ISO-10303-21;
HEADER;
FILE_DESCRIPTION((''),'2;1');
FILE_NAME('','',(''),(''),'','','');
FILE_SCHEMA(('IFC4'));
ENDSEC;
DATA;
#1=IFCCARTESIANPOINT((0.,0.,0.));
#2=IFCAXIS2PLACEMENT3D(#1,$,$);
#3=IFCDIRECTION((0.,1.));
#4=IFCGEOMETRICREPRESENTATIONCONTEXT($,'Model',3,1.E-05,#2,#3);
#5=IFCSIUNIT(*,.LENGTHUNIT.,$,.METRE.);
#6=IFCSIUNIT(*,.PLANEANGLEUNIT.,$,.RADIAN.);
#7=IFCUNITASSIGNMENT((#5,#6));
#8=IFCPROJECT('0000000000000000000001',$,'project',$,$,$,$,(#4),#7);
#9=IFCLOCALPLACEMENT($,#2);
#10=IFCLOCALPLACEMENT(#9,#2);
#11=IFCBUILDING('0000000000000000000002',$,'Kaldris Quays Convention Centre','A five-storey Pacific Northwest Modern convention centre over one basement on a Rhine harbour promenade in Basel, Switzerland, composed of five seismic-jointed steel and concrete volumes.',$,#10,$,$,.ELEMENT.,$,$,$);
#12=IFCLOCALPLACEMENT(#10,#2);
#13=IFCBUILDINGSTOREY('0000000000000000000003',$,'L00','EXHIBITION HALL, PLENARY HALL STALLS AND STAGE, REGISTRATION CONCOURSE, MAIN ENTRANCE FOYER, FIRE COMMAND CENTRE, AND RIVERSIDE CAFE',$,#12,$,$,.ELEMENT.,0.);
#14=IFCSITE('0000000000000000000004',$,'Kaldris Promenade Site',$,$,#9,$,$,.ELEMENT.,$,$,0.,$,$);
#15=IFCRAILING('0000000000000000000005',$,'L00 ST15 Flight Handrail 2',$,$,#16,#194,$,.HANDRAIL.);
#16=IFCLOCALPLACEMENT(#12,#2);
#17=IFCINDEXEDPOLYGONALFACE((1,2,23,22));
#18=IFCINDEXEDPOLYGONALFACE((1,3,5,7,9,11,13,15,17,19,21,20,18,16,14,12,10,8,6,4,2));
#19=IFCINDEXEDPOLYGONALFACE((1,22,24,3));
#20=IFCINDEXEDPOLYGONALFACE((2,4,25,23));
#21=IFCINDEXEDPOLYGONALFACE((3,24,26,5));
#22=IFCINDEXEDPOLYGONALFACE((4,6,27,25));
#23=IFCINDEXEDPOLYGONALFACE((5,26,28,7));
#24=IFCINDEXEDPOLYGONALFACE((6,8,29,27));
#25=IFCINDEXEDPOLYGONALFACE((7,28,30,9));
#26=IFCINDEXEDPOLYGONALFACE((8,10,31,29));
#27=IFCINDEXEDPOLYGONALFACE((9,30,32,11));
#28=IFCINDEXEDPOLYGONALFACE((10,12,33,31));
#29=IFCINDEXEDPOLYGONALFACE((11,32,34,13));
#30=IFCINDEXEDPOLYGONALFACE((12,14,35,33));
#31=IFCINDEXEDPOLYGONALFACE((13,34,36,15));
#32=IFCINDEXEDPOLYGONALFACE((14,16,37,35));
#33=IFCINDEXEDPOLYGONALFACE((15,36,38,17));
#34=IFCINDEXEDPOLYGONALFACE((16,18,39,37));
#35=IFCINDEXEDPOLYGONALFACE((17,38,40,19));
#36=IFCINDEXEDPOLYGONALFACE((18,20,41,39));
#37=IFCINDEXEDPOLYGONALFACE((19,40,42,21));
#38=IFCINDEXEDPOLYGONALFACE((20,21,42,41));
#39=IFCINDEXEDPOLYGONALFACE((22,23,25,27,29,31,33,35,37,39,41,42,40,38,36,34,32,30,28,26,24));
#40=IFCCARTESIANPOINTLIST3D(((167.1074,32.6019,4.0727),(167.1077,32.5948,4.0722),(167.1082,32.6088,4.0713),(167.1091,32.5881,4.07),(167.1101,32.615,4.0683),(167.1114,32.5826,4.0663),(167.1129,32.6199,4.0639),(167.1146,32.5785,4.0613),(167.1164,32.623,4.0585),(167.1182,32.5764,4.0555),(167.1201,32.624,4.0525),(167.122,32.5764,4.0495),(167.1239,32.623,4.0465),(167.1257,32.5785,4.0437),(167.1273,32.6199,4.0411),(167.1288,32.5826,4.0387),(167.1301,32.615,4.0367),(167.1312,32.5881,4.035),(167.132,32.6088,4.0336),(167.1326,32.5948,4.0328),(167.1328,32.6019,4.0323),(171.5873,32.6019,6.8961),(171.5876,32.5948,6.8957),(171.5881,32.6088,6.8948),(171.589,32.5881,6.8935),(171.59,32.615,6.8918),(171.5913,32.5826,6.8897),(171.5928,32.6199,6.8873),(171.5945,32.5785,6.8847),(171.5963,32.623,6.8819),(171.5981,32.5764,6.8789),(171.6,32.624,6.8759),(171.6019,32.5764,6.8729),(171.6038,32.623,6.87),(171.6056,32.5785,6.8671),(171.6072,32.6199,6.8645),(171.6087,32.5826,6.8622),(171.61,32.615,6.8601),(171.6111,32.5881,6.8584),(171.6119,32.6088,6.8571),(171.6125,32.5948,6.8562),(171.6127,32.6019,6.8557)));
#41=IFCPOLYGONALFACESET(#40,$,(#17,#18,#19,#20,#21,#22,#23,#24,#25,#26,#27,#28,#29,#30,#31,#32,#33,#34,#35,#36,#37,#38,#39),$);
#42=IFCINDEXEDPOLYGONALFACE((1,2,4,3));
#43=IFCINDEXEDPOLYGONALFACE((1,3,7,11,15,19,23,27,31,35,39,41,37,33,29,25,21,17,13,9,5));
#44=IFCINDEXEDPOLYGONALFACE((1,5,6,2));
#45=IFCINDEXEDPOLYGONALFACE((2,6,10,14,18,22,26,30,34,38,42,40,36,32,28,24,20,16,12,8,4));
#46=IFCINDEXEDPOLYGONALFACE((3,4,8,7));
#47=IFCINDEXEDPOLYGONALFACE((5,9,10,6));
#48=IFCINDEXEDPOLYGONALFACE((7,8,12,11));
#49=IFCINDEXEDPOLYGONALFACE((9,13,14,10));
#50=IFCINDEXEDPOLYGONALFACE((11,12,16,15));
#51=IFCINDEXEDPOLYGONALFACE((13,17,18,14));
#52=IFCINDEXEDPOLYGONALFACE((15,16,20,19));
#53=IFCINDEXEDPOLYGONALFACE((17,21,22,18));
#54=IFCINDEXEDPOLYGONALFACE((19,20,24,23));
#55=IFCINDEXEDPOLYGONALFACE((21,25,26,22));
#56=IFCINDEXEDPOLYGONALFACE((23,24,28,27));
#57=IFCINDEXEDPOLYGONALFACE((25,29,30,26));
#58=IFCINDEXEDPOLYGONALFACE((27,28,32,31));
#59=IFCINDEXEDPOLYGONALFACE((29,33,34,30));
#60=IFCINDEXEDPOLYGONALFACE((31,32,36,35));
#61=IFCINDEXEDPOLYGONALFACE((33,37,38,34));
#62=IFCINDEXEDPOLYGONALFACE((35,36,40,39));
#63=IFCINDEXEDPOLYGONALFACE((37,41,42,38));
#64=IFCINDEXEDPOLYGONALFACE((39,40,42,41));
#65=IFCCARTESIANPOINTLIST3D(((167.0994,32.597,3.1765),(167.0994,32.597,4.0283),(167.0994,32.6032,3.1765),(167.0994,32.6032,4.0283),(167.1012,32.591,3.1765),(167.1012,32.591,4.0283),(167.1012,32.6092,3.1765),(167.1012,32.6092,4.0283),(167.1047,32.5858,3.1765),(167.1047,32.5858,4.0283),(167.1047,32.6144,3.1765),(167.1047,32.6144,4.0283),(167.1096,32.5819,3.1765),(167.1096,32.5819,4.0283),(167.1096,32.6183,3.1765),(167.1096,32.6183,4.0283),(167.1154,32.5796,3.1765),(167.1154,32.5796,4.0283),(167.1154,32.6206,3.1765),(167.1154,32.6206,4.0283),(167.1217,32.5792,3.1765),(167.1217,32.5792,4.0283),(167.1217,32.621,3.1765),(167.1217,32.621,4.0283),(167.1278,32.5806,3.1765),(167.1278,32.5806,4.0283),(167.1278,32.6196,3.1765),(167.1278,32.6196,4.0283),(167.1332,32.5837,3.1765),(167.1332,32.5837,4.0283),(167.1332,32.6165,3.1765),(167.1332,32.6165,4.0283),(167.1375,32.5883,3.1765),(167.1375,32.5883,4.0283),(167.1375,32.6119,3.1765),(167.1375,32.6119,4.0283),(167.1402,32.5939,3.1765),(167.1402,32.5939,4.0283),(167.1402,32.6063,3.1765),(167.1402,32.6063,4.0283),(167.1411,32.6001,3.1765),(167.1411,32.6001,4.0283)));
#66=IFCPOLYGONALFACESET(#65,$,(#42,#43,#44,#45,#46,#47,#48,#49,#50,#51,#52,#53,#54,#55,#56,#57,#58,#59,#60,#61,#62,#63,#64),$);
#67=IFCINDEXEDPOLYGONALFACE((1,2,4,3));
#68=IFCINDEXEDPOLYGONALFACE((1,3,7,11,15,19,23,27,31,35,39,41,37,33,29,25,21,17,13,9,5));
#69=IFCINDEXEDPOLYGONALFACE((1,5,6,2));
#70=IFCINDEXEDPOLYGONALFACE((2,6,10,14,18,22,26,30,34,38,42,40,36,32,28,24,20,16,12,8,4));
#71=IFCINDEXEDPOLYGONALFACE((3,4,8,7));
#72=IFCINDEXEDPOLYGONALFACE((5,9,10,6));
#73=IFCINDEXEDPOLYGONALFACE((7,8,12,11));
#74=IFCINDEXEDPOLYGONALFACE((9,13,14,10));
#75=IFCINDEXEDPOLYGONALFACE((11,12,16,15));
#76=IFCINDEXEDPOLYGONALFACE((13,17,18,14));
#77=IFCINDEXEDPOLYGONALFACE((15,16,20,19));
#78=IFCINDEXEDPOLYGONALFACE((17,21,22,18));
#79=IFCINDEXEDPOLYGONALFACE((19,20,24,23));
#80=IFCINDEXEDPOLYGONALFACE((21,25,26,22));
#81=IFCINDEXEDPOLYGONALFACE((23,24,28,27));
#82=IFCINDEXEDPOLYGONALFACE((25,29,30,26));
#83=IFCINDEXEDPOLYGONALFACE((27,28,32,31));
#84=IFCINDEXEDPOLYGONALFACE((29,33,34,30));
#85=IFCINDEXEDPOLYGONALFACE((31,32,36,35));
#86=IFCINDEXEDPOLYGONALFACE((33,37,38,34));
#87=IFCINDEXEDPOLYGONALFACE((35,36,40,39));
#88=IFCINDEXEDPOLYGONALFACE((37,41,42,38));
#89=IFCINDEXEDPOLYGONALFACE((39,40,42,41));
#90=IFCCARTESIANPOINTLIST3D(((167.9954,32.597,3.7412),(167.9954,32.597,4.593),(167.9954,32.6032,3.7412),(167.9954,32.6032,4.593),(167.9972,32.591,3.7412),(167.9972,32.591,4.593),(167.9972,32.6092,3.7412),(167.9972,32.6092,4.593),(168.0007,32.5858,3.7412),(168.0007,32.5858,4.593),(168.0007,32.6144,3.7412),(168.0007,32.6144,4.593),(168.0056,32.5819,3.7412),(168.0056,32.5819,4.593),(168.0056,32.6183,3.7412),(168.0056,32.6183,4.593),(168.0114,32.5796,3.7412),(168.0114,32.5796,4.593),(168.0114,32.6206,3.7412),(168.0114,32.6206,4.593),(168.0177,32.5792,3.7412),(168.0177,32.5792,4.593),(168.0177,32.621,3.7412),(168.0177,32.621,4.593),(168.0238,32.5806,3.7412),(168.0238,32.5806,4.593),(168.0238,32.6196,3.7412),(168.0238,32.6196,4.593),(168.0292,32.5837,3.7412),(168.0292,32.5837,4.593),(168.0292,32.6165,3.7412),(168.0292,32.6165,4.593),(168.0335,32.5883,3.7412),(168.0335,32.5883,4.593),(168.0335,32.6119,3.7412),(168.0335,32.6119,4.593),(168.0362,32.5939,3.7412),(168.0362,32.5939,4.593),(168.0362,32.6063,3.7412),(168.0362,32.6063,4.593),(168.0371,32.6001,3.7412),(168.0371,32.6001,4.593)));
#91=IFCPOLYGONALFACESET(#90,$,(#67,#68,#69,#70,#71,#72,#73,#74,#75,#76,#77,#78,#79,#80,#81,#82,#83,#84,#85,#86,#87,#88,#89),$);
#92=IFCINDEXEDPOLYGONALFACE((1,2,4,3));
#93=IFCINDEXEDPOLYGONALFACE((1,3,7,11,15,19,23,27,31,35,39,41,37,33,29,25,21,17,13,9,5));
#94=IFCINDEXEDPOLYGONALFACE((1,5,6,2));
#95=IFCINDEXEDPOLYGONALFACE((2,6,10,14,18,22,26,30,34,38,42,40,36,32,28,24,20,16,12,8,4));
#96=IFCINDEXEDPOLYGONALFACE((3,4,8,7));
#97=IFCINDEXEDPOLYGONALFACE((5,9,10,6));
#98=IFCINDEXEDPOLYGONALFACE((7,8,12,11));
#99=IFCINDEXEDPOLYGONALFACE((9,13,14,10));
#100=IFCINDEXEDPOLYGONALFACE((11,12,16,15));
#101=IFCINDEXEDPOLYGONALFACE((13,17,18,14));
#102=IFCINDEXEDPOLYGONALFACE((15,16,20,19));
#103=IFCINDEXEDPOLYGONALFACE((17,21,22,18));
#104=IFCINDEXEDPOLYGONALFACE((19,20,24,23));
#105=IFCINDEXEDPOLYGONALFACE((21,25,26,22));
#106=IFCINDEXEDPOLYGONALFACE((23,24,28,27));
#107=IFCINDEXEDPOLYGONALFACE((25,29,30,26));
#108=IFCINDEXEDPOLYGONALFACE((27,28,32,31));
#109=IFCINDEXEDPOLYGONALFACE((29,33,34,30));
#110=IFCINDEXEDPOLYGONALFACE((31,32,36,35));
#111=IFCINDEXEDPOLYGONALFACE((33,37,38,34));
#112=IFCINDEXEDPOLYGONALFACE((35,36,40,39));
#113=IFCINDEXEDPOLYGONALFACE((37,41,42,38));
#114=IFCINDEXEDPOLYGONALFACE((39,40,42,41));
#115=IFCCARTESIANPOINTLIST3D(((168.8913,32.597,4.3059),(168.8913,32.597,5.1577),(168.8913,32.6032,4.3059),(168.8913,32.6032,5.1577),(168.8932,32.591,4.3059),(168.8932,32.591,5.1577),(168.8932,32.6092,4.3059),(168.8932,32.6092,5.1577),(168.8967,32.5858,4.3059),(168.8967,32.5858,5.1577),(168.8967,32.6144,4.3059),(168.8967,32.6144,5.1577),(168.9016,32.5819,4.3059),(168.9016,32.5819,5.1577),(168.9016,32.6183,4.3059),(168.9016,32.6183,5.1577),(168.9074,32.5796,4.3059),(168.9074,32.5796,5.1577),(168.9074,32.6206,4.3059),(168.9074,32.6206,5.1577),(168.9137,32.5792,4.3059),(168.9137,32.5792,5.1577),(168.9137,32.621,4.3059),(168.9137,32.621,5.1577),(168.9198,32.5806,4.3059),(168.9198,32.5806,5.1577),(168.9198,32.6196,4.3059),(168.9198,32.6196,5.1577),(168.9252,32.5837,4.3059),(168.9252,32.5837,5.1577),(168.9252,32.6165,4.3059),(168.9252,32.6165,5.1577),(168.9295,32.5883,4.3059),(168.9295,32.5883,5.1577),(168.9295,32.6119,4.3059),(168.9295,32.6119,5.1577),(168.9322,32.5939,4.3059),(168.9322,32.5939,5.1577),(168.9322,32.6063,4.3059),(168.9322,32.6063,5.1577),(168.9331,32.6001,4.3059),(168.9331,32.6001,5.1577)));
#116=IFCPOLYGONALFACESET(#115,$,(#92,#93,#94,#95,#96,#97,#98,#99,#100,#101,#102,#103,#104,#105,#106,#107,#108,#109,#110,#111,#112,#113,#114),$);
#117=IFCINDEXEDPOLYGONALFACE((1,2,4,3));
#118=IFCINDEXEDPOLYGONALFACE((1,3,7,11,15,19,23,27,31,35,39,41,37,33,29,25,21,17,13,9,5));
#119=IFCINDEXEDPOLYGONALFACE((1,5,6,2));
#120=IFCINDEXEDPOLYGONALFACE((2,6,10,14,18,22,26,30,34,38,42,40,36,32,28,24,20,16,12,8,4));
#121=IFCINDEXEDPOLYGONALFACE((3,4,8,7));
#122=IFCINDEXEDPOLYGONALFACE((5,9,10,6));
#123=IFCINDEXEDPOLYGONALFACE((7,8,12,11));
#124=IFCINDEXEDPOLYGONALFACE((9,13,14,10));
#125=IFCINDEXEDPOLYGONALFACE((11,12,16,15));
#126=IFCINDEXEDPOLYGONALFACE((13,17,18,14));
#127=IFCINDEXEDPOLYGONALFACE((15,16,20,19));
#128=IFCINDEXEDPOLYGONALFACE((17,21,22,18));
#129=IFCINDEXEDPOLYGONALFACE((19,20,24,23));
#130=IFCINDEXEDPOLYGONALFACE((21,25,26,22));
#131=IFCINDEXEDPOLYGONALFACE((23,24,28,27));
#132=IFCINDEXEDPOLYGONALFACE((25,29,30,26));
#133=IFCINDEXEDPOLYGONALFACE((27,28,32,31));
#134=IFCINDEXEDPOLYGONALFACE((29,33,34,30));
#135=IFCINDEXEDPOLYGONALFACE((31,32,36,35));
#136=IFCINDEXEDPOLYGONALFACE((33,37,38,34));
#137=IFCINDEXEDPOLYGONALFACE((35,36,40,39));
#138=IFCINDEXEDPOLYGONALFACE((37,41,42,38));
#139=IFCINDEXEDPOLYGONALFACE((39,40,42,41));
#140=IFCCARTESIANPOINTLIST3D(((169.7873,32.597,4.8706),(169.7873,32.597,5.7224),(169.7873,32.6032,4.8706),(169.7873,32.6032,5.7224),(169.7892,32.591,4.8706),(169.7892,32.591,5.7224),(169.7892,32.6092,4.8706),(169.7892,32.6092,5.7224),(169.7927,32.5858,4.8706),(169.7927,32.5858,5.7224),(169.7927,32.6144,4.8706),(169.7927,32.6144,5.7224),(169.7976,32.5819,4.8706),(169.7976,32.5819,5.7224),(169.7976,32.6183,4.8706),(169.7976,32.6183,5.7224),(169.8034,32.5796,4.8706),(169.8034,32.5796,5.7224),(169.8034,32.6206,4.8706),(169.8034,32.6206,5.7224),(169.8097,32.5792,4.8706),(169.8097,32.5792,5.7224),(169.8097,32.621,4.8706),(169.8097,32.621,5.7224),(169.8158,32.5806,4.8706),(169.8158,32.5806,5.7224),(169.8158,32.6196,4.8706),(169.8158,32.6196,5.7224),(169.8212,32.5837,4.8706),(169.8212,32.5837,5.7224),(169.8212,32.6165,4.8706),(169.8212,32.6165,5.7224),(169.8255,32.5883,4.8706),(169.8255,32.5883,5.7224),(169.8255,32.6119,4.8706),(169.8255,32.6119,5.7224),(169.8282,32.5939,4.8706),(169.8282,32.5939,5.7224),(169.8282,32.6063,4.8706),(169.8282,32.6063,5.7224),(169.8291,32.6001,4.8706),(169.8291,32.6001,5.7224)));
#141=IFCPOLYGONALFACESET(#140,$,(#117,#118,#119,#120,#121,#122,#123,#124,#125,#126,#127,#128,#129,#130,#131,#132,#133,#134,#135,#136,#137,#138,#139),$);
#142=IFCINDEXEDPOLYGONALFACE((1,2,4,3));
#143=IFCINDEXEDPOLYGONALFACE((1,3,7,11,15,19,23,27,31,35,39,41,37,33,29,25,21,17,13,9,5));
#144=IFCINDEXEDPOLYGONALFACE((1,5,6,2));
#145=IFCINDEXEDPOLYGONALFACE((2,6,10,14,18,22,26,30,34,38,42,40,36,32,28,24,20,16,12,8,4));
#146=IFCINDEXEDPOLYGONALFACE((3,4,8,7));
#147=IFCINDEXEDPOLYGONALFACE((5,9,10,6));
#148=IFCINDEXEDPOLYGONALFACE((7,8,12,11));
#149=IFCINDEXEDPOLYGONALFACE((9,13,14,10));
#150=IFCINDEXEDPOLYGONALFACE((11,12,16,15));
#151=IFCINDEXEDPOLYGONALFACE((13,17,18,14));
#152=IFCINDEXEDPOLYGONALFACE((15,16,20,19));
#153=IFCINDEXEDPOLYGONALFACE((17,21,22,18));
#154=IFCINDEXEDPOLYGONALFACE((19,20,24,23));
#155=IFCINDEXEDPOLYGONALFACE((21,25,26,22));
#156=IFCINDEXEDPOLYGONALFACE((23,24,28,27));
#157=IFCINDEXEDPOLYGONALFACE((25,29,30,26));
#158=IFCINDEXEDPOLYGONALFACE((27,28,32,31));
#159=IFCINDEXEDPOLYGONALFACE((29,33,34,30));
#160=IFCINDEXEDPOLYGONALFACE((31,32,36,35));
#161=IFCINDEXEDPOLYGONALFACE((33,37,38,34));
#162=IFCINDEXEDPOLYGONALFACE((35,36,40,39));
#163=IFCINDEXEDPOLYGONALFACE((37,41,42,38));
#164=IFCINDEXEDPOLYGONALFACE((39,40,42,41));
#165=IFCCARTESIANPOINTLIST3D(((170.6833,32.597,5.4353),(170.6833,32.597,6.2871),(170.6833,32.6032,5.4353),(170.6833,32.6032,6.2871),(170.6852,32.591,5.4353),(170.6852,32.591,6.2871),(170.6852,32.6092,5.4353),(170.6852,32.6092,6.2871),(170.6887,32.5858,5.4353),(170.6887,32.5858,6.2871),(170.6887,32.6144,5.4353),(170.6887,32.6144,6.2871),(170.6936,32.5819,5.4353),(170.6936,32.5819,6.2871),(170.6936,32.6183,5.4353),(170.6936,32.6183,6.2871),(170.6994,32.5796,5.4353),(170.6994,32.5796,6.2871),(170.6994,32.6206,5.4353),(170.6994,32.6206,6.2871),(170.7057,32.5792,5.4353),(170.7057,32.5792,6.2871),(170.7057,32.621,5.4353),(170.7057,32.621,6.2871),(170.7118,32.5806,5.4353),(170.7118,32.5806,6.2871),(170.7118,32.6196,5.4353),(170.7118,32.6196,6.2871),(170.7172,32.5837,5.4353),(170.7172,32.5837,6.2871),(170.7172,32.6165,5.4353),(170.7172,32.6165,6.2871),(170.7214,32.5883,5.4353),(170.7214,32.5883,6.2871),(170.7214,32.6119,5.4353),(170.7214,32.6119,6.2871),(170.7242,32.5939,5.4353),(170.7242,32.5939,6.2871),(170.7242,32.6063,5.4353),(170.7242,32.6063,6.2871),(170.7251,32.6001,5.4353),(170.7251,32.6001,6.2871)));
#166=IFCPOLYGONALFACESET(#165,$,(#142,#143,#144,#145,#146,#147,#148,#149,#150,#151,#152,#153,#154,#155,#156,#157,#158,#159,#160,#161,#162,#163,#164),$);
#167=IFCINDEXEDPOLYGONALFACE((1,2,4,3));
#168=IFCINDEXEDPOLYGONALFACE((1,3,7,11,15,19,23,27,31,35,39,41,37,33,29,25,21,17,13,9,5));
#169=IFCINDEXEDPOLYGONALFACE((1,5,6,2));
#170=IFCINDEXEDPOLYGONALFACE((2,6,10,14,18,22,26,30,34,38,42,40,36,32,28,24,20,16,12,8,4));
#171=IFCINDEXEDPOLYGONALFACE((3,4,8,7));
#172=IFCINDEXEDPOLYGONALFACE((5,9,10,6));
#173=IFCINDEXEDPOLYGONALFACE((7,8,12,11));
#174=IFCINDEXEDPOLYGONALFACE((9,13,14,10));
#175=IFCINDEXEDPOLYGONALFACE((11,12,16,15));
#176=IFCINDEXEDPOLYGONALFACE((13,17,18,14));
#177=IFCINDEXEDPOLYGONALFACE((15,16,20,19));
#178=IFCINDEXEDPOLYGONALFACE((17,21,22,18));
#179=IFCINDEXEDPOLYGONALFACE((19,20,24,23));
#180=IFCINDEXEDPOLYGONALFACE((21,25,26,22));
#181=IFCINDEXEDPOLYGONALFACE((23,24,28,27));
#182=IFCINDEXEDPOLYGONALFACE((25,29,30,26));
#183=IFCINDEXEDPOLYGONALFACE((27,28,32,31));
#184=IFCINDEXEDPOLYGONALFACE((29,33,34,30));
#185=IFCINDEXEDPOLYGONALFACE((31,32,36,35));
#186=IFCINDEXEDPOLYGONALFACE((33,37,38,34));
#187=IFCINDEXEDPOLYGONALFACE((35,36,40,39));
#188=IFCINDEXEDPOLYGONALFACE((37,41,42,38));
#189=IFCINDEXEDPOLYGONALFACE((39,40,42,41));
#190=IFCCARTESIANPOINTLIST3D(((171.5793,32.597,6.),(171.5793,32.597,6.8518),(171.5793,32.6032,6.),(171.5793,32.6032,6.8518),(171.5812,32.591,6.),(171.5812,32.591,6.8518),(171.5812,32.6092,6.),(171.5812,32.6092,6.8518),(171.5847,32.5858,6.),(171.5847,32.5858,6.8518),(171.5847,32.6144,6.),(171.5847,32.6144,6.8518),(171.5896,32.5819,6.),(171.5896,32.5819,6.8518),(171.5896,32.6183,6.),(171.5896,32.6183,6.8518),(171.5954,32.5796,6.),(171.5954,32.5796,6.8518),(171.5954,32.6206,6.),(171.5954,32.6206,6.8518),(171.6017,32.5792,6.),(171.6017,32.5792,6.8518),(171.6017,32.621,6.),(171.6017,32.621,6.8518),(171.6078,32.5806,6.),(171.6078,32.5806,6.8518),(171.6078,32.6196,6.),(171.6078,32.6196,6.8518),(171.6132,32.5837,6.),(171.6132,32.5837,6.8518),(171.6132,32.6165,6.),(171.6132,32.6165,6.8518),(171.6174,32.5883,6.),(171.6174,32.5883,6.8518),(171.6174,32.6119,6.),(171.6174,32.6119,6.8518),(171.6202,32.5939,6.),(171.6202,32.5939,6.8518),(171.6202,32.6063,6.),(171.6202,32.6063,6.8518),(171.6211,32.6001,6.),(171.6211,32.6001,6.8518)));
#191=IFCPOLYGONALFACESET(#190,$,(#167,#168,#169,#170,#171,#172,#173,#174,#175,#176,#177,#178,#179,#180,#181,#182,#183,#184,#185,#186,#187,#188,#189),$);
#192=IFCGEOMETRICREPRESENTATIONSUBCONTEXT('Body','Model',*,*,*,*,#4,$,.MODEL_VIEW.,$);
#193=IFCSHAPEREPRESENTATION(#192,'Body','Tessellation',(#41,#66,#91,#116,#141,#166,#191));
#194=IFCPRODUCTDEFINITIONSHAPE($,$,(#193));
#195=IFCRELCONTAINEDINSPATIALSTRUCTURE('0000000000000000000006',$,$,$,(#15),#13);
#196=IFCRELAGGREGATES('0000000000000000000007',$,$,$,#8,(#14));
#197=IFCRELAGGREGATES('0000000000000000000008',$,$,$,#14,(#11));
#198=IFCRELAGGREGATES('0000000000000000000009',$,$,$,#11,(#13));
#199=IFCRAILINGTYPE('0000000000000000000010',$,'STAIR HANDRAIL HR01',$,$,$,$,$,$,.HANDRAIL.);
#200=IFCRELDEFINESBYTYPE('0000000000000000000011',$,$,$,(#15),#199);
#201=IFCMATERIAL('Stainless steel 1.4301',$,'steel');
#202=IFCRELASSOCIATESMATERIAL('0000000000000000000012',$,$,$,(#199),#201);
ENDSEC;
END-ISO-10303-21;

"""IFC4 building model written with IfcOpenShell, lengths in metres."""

from ifc_helpers import new_model, si_unit, direction, frame, origin, origin_2d, place, context, subcontext, project, spatial, circle, extrude, material, type_object, element, save


model = new_model("IFC4")

# Units and contexts
model_context = context("Model", 3, precision=1e-05, world=origin(), true_north=direction((0.0, 1.0)))
body_context = subcontext(model_context, "Body", "Model", "MODEL_VIEW")
ifc_project = project(units=[si_unit("LENGTHUNIT", "METRE"), si_unit("PLANEANGLEUNIT", "RADIAN")], contexts=[model_context])

# Site, building, storey
site_placement = place(None, origin())
site = spatial("IfcSite", under=ifc_project, at=site_placement, Name="Kaldris Promenade Site", CompositionType="ELEMENT", RefElevation=0.0)
building_placement = place(site_placement, origin())
building = spatial("IfcBuilding", under=site, at=building_placement, Name="Kaldris Quays Convention Centre", Description="A five-storey Pacific Northwest Modern convention centre over one basement on a Rhine harbour promenade in Basel, Switzerland, composed of five seismic-jointed steel and concrete volumes.", CompositionType="ELEMENT")
storey_placement = place(building_placement, origin())
storey = spatial("IfcBuildingStorey", under=building, at=storey_placement, Name="L00", Description="EXHIBITION HALL, PLENARY HALL STALLS AND STAGE, REGISTRATION CONCOURSE, MAIN ENTRANCE FOYER, FIRE COMMAND CENTRE, AND RIVERSIDE CAFE", CompositionType="ELEMENT", Elevation=0.0)

# Railing
ifc_material_1 = material(Name="Stainless steel 1.4301", Category="steel")
railing_type_1 = type_object("IfcRailingType", Name="STAIR HANDRAIL HR01", PredefinedType="HANDRAIL", material=ifc_material_1)
railing_1_placement = place(storey_placement, frame((167.1201, 32.6001, 3.1765)))
element("IfcRailing", 1, at=railing_1_placement, inside=storey, type_object=railing_type_1, Name="L00 ST15 Flight Handrail 2", PredefinedType="HANDRAIL", context=body_context, shape_type="SweptSolid", body=[
    extrude(circle(Radius=0.0239, at=origin_2d()), frame((0.0, 0.0, 0.876), z_axis=(0.845998, 0.0, 0.533186), x_axis=(0.0, 1.0, 0.0)), (0.0, 0.0, 1.0), 5.2954),
    extrude(circle(Radius=0.021, at=origin_2d()), origin(), (0.0, 0.0, 1.0), 0.8518),
    extrude(circle(Radius=0.021, at=origin_2d()), frame((0.896, 0.0, 0.5647)), (0.0, 0.0, 1.0), 0.8518),
    extrude(circle(Radius=0.021, at=origin_2d()), frame((1.792, 0.0, 1.1294)), (0.0, 0.0, 1.0), 0.8518),
    extrude(circle(Radius=0.021, at=origin_2d()), frame((2.688, 0.0, 1.6941)), (0.0, 0.0, 1.0), 0.8518),
    extrude(circle(Radius=0.021, at=origin_2d()), frame((3.584, 0.0, 2.2588)), (0.0, 0.0, 1.0), 0.8518),
    extrude(circle(Radius=0.021, at=origin_2d()), frame((4.48, 0.0, 2.8235)), (0.0, 0.0, 1.0), 0.8518),
])

save(model, "model.ifc")
